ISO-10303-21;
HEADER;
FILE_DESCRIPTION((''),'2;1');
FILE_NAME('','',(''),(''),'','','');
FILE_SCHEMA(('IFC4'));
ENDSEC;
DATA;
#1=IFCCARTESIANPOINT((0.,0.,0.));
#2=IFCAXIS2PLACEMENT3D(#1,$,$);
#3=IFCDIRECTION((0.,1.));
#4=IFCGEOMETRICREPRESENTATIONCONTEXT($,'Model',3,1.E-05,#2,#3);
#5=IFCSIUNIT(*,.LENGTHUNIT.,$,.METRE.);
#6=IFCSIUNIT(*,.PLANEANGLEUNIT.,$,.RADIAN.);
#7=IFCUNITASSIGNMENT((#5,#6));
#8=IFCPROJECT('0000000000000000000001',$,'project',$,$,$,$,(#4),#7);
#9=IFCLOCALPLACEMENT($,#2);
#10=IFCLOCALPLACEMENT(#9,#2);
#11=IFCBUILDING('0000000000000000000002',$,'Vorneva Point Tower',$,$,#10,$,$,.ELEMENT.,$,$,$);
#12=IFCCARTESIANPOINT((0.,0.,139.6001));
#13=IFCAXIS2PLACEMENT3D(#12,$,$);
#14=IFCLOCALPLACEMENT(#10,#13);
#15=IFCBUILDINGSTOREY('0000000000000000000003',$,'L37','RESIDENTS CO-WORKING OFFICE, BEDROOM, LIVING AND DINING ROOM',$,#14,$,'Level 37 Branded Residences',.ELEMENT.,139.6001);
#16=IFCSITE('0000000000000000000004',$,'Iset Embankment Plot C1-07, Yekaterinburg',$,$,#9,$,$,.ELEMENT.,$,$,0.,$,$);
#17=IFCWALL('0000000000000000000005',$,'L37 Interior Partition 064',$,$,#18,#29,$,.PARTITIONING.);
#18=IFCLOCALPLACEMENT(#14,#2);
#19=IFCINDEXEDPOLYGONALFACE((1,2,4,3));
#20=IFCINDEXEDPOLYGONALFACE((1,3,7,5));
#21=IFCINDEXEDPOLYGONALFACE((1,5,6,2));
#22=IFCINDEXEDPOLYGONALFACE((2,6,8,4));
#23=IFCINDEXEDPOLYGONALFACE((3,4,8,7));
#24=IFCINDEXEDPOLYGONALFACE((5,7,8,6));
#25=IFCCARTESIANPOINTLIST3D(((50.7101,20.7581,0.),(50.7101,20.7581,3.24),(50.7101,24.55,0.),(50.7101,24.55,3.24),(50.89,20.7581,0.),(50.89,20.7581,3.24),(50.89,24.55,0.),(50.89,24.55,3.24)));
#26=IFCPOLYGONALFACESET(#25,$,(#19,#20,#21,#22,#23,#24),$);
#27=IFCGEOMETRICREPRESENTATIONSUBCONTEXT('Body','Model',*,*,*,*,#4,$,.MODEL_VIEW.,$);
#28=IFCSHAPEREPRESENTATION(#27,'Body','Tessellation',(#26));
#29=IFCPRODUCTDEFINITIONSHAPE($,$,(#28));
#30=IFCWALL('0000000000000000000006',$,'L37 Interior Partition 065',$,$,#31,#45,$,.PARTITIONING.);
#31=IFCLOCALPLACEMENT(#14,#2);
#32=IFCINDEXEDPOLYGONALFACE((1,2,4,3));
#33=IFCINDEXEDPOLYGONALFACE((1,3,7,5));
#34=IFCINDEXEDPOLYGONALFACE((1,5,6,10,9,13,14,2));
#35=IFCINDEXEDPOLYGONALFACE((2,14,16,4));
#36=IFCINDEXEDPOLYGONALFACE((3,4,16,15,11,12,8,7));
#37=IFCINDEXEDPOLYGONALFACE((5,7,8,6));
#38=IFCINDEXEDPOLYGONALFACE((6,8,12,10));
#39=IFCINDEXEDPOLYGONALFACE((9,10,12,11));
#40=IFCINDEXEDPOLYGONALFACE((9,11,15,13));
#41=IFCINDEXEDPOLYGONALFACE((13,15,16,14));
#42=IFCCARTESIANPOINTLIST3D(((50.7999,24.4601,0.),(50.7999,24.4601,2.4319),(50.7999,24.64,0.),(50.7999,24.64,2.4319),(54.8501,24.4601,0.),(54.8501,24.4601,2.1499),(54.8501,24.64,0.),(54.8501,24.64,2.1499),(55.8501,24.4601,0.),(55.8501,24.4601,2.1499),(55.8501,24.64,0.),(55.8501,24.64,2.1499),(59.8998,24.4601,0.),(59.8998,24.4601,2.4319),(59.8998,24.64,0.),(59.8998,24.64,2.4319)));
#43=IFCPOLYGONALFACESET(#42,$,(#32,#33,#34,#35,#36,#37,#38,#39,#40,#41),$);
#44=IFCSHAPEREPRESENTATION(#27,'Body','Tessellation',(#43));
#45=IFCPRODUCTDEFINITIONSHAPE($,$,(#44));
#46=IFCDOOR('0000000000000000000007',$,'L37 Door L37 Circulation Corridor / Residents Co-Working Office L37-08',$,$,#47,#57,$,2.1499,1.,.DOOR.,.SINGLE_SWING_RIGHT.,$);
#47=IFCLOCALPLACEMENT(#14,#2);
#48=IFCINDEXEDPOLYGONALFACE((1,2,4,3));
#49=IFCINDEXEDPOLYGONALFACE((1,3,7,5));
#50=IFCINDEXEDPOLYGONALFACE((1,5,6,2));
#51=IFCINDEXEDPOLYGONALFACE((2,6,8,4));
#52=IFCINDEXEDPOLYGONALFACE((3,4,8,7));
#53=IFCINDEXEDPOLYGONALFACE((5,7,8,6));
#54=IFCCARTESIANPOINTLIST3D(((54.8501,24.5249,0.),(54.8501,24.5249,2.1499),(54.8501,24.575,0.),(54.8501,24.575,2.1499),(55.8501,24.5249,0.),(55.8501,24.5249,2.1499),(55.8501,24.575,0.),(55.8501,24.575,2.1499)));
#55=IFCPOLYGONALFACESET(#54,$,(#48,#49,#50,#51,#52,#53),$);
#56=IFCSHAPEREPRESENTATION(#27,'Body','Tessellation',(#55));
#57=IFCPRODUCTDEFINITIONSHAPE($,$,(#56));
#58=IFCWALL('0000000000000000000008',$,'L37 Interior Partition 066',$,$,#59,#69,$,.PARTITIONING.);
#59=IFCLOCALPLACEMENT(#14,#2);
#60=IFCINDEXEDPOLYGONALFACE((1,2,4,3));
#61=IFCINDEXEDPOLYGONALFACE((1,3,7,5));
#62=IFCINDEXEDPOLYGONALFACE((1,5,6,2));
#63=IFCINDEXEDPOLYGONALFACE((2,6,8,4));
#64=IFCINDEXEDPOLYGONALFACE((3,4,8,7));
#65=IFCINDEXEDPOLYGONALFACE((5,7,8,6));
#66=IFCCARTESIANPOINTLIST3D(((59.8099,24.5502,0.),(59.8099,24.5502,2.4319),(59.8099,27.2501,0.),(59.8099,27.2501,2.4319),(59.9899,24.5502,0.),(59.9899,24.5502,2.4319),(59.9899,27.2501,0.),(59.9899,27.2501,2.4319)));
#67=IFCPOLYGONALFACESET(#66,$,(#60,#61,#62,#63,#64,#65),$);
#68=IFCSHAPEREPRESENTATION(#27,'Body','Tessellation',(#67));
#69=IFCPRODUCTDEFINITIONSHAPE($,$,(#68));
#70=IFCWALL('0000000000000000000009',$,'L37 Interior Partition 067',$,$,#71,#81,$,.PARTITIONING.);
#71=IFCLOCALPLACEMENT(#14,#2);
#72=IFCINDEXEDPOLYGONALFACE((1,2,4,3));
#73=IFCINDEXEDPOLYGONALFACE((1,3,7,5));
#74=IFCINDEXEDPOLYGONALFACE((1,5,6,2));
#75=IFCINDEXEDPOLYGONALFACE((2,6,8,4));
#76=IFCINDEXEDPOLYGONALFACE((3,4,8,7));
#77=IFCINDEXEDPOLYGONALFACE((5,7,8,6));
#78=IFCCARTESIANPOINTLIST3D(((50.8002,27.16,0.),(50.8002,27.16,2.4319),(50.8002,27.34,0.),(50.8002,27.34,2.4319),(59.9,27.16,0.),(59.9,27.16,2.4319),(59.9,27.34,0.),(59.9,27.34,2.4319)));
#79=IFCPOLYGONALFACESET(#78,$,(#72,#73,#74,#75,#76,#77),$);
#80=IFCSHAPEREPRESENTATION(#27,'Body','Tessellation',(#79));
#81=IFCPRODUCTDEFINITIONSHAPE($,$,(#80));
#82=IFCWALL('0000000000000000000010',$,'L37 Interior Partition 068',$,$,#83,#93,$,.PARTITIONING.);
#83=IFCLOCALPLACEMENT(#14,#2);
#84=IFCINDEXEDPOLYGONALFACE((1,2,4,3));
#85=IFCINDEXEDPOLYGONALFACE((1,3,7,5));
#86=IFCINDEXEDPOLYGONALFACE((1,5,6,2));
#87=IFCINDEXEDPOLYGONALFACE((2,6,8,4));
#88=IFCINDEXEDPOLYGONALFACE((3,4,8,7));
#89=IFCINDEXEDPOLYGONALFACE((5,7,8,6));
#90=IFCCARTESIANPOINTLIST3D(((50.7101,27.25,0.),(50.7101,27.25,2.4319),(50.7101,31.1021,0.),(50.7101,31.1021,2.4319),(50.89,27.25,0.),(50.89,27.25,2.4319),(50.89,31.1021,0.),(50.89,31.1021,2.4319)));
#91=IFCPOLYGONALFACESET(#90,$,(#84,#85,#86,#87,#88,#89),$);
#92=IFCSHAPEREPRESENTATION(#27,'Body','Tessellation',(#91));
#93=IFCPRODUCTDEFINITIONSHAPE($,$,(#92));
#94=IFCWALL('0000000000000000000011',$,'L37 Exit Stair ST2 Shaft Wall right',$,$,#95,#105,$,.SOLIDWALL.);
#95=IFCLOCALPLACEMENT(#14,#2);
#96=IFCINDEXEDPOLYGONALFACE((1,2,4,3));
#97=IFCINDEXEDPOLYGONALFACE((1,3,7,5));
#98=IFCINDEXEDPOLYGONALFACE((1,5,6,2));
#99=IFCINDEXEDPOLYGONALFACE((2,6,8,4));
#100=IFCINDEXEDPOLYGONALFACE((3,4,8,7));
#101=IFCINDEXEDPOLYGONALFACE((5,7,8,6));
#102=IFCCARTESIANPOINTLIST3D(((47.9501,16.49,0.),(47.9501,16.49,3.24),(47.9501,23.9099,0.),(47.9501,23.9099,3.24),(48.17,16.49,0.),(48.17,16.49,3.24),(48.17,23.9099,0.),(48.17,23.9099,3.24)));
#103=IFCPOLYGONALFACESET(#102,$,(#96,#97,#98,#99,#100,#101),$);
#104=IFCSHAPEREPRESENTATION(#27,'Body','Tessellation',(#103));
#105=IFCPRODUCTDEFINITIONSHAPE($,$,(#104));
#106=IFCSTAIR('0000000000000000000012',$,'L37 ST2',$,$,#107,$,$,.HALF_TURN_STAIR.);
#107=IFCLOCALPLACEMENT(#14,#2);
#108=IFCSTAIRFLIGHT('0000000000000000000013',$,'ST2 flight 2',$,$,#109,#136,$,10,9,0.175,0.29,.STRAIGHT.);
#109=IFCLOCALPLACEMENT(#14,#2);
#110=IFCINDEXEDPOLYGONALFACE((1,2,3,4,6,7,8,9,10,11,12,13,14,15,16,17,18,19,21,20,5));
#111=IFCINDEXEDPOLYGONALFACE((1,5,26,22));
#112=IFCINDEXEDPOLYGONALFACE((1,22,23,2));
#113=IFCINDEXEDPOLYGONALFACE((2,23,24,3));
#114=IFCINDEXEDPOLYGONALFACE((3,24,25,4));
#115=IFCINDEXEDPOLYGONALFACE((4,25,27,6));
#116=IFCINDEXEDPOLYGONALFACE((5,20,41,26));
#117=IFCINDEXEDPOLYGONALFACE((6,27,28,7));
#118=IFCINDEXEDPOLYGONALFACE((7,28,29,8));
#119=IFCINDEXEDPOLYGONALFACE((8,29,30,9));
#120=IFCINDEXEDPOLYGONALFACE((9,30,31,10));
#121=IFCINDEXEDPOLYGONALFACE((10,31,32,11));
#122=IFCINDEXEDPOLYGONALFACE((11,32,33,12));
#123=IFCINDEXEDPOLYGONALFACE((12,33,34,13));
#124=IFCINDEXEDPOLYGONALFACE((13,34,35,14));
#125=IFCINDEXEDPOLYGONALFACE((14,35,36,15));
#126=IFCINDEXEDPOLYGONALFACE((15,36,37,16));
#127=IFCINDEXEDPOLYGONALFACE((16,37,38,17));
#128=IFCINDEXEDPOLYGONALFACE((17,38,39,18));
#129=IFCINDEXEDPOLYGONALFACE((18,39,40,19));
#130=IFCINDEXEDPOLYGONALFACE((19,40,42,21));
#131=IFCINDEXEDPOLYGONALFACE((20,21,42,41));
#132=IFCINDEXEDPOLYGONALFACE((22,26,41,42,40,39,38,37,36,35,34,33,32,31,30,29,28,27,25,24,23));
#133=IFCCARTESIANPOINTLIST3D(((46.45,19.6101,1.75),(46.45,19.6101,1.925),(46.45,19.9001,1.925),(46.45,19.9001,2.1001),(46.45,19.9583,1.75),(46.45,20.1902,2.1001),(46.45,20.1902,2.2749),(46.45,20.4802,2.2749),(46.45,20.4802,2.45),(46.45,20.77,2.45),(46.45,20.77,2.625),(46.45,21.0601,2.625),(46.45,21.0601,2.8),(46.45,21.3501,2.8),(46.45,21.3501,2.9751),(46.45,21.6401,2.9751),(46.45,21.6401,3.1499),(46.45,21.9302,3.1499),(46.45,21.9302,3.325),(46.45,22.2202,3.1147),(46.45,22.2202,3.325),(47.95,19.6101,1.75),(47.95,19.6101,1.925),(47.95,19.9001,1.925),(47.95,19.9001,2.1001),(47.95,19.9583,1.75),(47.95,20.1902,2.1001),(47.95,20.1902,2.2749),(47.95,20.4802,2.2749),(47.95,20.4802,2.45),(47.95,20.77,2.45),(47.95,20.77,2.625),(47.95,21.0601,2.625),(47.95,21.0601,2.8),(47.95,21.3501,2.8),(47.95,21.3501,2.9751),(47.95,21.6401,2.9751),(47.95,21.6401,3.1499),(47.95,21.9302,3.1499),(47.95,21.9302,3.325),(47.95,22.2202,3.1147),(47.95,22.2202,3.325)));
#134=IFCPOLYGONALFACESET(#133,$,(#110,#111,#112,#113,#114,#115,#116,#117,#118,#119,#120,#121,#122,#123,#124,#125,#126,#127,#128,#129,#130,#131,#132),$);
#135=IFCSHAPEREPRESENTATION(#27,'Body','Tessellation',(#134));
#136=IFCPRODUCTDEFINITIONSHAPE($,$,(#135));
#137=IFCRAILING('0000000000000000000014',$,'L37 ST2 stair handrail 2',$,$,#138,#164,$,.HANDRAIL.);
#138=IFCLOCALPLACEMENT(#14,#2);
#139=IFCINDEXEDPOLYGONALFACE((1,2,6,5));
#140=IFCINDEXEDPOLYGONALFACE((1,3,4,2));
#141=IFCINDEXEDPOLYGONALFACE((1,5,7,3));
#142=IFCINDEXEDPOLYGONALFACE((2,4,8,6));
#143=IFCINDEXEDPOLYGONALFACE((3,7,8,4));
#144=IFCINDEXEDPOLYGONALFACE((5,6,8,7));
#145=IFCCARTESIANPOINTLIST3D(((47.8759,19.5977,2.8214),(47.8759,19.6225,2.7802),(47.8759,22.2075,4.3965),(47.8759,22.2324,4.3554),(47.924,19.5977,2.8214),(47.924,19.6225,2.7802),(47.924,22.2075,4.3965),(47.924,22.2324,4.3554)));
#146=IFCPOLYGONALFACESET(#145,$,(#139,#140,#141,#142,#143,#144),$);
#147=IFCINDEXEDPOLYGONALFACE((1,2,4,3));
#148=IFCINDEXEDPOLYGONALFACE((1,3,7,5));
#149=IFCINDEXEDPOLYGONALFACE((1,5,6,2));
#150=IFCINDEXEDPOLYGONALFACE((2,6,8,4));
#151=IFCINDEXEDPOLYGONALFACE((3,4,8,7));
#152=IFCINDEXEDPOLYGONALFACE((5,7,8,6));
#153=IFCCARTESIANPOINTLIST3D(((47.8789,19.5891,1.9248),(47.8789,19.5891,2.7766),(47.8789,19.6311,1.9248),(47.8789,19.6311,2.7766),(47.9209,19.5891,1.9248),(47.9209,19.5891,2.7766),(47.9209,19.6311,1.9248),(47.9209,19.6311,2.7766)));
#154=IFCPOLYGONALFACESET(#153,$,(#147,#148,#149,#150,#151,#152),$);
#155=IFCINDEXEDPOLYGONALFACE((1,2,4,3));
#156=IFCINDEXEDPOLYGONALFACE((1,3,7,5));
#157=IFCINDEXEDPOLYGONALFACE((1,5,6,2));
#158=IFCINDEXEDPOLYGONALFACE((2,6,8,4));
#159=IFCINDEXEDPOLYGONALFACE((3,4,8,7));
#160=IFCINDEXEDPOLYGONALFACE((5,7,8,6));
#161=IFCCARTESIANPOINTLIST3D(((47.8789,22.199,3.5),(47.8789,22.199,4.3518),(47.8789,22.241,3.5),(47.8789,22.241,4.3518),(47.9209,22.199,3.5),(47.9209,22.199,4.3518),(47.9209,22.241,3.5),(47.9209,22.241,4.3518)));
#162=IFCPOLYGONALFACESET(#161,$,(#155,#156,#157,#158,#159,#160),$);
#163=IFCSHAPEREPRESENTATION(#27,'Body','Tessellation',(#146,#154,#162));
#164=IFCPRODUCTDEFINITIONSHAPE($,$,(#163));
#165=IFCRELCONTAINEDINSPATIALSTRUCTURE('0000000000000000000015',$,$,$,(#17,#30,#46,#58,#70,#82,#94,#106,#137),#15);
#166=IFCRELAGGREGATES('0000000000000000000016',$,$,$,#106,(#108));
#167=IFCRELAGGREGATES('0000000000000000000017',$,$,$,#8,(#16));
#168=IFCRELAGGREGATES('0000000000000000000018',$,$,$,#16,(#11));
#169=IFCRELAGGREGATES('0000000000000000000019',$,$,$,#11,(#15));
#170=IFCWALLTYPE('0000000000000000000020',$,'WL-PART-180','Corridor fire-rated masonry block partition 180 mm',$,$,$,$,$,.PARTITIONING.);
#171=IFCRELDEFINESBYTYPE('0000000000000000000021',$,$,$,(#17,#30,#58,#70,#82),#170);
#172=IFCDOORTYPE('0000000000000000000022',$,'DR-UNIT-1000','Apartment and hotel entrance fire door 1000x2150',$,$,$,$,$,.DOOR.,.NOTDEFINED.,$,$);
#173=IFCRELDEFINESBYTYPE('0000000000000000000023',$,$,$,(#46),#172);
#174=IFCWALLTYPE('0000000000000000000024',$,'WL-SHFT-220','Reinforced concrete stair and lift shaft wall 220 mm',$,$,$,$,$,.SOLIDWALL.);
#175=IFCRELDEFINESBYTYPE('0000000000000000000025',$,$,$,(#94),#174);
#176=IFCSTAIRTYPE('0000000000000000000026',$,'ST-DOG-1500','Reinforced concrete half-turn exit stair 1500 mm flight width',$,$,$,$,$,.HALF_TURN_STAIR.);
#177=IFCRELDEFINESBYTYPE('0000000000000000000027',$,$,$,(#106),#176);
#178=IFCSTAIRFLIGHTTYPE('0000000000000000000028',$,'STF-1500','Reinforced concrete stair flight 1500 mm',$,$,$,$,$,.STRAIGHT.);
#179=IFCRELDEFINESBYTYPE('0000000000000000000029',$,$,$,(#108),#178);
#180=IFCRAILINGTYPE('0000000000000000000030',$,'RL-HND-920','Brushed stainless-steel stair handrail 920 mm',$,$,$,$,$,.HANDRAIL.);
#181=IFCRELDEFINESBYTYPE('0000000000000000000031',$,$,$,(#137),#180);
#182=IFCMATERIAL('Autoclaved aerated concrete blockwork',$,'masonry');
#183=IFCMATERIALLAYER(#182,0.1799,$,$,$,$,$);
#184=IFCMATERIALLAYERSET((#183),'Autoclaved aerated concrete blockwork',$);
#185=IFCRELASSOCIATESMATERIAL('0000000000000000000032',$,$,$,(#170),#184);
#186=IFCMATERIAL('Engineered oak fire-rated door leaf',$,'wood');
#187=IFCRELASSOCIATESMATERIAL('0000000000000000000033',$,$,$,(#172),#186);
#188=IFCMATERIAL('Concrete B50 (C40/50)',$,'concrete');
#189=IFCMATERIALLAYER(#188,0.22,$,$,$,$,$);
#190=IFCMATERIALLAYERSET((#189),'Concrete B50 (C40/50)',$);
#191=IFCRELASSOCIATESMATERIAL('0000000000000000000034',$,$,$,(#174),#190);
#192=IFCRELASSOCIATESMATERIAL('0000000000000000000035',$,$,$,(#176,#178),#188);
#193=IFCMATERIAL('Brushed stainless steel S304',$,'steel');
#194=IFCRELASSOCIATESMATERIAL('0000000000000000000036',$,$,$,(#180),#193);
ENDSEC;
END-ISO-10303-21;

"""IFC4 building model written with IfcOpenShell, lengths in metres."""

from ifc_helpers import new_model, si_unit, direction, frame, frame_2d, origin, origin_2d, place, context, subcontext, project, spatial, polyline, rectangle, outline, extrude, material, layer, layer_set, type_object, element, fill, aggregate, save


model = new_model("IFC4")

# Units and contexts
model_context = context("Model", 3, precision=1e-05, world=origin(), true_north=direction((0.0, 1.0)))
body_context = subcontext(model_context, "Body", "Model", "MODEL_VIEW")
ifc_project = project(units=[si_unit("LENGTHUNIT", "METRE"), si_unit("PLANEANGLEUNIT", "RADIAN")], contexts=[model_context])

# Site, building, storey
site_placement = place(None, origin())
site = spatial("IfcSite", under=ifc_project, at=site_placement, Name="Iset Embankment Plot C1-07, Yekaterinburg", CompositionType="ELEMENT", RefElevation=0.0)
building_placement = place(site_placement, origin())
building = spatial("IfcBuilding", under=site, at=building_placement, Name="Vorneva Point Tower", CompositionType="ELEMENT")
storey_placement = place(building_placement, frame((0.0, 0.0, 139.6001)))
storey = spatial("IfcBuildingStorey", under=building, at=storey_placement, Name="L37", Description="RESIDENTS CO-WORKING OFFICE, BEDROOM, LIVING AND DINING ROOM", LongName="Level 37 Branded Residences", CompositionType="ELEMENT", Elevation=139.6001)

# Shared definitions
ifc_material_1 = material(Name="Autoclaved aerated concrete blockwork", Category="masonry")
ifc_layer_1 = layer(ifc_material_1, 0.1799)
ifc_layer_set_1 = layer_set([ifc_layer_1], Name="Autoclaved aerated concrete blockwork")
wall_type_1 = type_object("IfcWallType", Name="WL-PART-180", Description="Corridor fire-rated masonry block partition 180 mm", PredefinedType="PARTITIONING", material=ifc_layer_set_1)

# Wall
wall_1_placement = place(storey_placement, frame((50.8, 20.7581, 0.0), z_axis=(0.0, 0.0, 1.0), x_axis=(0.0, 1.0, 0.0)))
element("IfcWall", 1, at=wall_1_placement, inside=storey, type_object=wall_type_1, Name="L37 Interior Partition 064", PredefinedType="PARTITIONING", context=body_context, shape_type="SweptSolid", body=[
    extrude(rectangle(XDim=3.792, YDim=0.1799, at=frame_2d((1.896, 0.0))), origin(), (0.0, 0.0, 1.0), 3.24),
])

# Wall, opening, door
wall_2_placement = place(storey_placement, frame((50.8, 24.55, 0.0), z_axis=(0.0, 0.0, 1.0), x_axis=(1.0, 0.0, 0.0)))
wall_2 = element("IfcWall", 2, at=wall_2_placement, inside=storey, type_object=wall_type_1, Name="L37 Interior Partition 065", PredefinedType="PARTITIONING", context=body_context, shape_type="SweptSolid", body=[
    extrude(rectangle(XDim=9.0999, YDim=0.1799, at=frame_2d((4.5498, 0.0))), origin(), (0.0, 0.0, 1.0), 2.4319),
])
opening_1_placement = place(wall_2_placement, frame((4.05, 0.0, 0.0)))
opening_1 = element("IfcOpeningElement", 3, at=opening_1_placement, cuts=wall_2, PredefinedType="OPENING", context=body_context, shape_type="SweptSolid", body=[
    extrude(rectangle(XDim=1.0, YDim=2.1499, at=frame_2d((0.5, 1.075))), frame((0.0, 0.105, 0.0), z_axis=(0.0, -1.0, 0.0), x_axis=(1.0, 0.0, 0.0)), (0.0, 0.0, 1.0), 0.2097),
])
ifc_material_2 = material(Name="Engineered oak fire-rated door leaf", Category="wood")
door_type_1 = type_object("IfcDoorType", Name="DR-UNIT-1000", Description="Apartment and hotel entrance fire door 1000x2150", OperationType="NOTDEFINED", PredefinedType="DOOR", material=ifc_material_2)
door_1_placement = place(opening_1_placement, origin())
door_1 = element("IfcDoor", 4, at=door_1_placement, inside=storey, type_object=door_type_1, Name="L37 Door L37 Circulation Corridor / Residents Co-Working Office L37-08", OperationType="SINGLE_SWING_RIGHT", OverallHeight=2.1499, OverallWidth=1.0, PredefinedType="DOOR", context=body_context, shape_type="SweptSolid", body=[
    extrude(rectangle(XDim=1.0, YDim=2.1499, at=frame_2d((0.5, 1.075))), frame((0.0, 0.0249, 0.0), z_axis=(0.0, -1.0, 0.0), x_axis=(1.0, 0.0, 0.0)), (0.0, 0.0, 1.0), 0.05),
])
fill(opening_1, door_1)

# Walls
wall_3_placement = place(storey_placement, frame((59.8999, 24.55, 0.0), z_axis=(0.0, 0.0, 1.0), x_axis=(0.0, 1.0, 0.0)))
element("IfcWall", 5, at=wall_3_placement, inside=storey, type_object=wall_type_1, Name="L37 Interior Partition 066", PredefinedType="PARTITIONING", context=body_context, shape_type="SweptSolid", body=[
    extrude(rectangle(XDim=2.7, YDim=0.1799, at=frame_2d((1.3501, 0.0))), origin(), (0.0, 0.0, 1.0), 2.4319),
])
wall_4_placement = place(storey_placement, frame((59.8999, 27.25, 0.0), z_axis=(0.0, 0.0, 1.0), x_axis=(-1.0, 0.0, 0.0)))
element("IfcWall", 6, at=wall_4_placement, inside=storey, type_object=wall_type_1, Name="L37 Interior Partition 067", PredefinedType="PARTITIONING", context=body_context, shape_type="SweptSolid", body=[
    extrude(rectangle(XDim=9.0999, YDim=0.1799, at=frame_2d((4.5498, 0.0))), origin(), (0.0, 0.0, 1.0), 2.4319),
])
wall_5_placement = place(storey_placement, frame((50.8, 27.25, 0.0), z_axis=(0.0, 0.0, 1.0), x_axis=(0.0, 1.0, 0.0)))
element("IfcWall", 7, at=wall_5_placement, inside=storey, type_object=wall_type_1, Name="L37 Interior Partition 068", PredefinedType="PARTITIONING", context=body_context, shape_type="SweptSolid", body=[
    extrude(rectangle(XDim=3.8521, YDim=0.1799, at=frame_2d((1.926, 0.0))), origin(), (0.0, 0.0, 1.0), 2.4319),
])
ifc_material_3 = material(Name="Concrete B50 (C40/50)", Category="concrete")
ifc_layer_2 = layer(ifc_material_3, 0.22)
ifc_layer_set_2 = layer_set([ifc_layer_2], Name="Concrete B50 (C40/50)")
wall_type_2 = type_object("IfcWallType", Name="WL-SHFT-220", Description="Reinforced concrete stair and lift shaft wall 220 mm", PredefinedType="SOLIDWALL", material=ifc_layer_set_2)
wall_6_placement = place(storey_placement, frame((48.0601, 23.9099, 0.0), z_axis=(0.0, 0.0, 1.0), x_axis=(0.0, -1.0, 0.0)))
element("IfcWall", 8, at=wall_6_placement, inside=storey, type_object=wall_type_2, Name="L37 Exit Stair ST2 Shaft Wall right", PredefinedType="SOLIDWALL", context=body_context, shape_type="SweptSolid", body=[
    extrude(rectangle(XDim=7.4199, YDim=0.22, at=frame_2d((3.71, 0.0))), origin(), (0.0, 0.0, 1.0), 3.24),
])

# Stair, stair flight
stair_type = type_object("IfcStairType", Name="ST-DOG-1500", Description="Reinforced concrete half-turn exit stair 1500 mm flight width", PredefinedType="HALF_TURN_STAIR", material=ifc_material_3)
stair_placement = place(storey_placement, origin())
stair = element("IfcStair", 9, at=stair_placement, inside=storey, type_object=stair_type, Name="L37 ST2", PredefinedType="HALF_TURN_STAIR")
stair_flight_type = type_object("IfcStairFlightType", Name="STF-1500", Description="Reinforced concrete stair flight 1500 mm", PredefinedType="STRAIGHT", material=ifc_material_3)
stair_flight_placement = place(storey_placement, frame((47.2, 19.6101, 1.75), z_axis=(0.0, 0.0, 1.0), x_axis=(0.0, 1.0, 0.0)))
stair_flight = element("IfcStairFlight", 10, at=stair_flight_placement, type_object=stair_flight_type, Name="ST2 flight 2", NumberOfRisers=10, NumberOfTreads=9, PredefinedType="STRAIGHT", RiserHeight=0.175, TreadLength=0.29, context=body_context, shape_type="SweptSolid", body=[
    extrude(outline(polyline([(0.0, 0.0), (0.0, 0.175), (0.29, 0.175), (0.29, 0.3501), (0.5801, 0.3501), (0.5801, 0.5249), (0.8701, 0.5249), (0.8701, 0.7), (1.1599, 0.7), (1.1599, 0.875), (1.45, 0.875), (1.45, 1.05), (1.74, 1.05), (1.74, 1.2251), (2.03, 1.2251), (2.03, 1.3999), (2.3201, 1.3999), (2.3201, 1.575), (2.6101, 1.575), (2.6101, 1.75), (2.6101, 1.3647), (0.3481, 0.0), (0.0, 0.0)])), frame((0.0, 0.75, 0.0), z_axis=(0.0, -1.0, 0.0), x_axis=(1.0, 0.0, 0.0)), (0.0, 0.0, 1.0), 1.5),
])
aggregate(stair, [stair_flight])

# Railing
ifc_material_4 = material(Name="Brushed stainless steel S304", Category="steel")
railing_type_1 = type_object("IfcRailingType", Name="RL-HND-920", Description="Brushed stainless-steel stair handrail 920 mm", PredefinedType="HANDRAIL", material=ifc_material_4)
railing_1_placement = place(storey_placement, frame((47.8999, 19.6101, 1.9248)))
element("IfcRailing", 11, at=railing_1_placement, inside=storey, type_object=railing_type_1, Name="L37 ST2 stair handrail 2", PredefinedType="HANDRAIL", context=body_context, shape_type="SweptSolid", body=[
    extrude(rectangle(XDim=0.0481, YDim=0.0481, at=origin_2d()), frame((0.0, 0.0, 0.876), z_axis=(0.0, 0.856147, 0.516732), x_axis=(-1.0, 0.0, 0.0)), (0.0, 0.0, 1.0), 3.0483),
    extrude(rectangle(XDim=0.042, YDim=0.042, at=origin_2d()), origin(), (0.0, 0.0, 1.0), 0.8518),
    extrude(rectangle(XDim=0.042, YDim=0.042, at=origin_2d()), frame((0.0, 2.6099, 1.5752)), (0.0, 0.0, 1.0), 0.8518),
])

save(model, "model.ifc")
